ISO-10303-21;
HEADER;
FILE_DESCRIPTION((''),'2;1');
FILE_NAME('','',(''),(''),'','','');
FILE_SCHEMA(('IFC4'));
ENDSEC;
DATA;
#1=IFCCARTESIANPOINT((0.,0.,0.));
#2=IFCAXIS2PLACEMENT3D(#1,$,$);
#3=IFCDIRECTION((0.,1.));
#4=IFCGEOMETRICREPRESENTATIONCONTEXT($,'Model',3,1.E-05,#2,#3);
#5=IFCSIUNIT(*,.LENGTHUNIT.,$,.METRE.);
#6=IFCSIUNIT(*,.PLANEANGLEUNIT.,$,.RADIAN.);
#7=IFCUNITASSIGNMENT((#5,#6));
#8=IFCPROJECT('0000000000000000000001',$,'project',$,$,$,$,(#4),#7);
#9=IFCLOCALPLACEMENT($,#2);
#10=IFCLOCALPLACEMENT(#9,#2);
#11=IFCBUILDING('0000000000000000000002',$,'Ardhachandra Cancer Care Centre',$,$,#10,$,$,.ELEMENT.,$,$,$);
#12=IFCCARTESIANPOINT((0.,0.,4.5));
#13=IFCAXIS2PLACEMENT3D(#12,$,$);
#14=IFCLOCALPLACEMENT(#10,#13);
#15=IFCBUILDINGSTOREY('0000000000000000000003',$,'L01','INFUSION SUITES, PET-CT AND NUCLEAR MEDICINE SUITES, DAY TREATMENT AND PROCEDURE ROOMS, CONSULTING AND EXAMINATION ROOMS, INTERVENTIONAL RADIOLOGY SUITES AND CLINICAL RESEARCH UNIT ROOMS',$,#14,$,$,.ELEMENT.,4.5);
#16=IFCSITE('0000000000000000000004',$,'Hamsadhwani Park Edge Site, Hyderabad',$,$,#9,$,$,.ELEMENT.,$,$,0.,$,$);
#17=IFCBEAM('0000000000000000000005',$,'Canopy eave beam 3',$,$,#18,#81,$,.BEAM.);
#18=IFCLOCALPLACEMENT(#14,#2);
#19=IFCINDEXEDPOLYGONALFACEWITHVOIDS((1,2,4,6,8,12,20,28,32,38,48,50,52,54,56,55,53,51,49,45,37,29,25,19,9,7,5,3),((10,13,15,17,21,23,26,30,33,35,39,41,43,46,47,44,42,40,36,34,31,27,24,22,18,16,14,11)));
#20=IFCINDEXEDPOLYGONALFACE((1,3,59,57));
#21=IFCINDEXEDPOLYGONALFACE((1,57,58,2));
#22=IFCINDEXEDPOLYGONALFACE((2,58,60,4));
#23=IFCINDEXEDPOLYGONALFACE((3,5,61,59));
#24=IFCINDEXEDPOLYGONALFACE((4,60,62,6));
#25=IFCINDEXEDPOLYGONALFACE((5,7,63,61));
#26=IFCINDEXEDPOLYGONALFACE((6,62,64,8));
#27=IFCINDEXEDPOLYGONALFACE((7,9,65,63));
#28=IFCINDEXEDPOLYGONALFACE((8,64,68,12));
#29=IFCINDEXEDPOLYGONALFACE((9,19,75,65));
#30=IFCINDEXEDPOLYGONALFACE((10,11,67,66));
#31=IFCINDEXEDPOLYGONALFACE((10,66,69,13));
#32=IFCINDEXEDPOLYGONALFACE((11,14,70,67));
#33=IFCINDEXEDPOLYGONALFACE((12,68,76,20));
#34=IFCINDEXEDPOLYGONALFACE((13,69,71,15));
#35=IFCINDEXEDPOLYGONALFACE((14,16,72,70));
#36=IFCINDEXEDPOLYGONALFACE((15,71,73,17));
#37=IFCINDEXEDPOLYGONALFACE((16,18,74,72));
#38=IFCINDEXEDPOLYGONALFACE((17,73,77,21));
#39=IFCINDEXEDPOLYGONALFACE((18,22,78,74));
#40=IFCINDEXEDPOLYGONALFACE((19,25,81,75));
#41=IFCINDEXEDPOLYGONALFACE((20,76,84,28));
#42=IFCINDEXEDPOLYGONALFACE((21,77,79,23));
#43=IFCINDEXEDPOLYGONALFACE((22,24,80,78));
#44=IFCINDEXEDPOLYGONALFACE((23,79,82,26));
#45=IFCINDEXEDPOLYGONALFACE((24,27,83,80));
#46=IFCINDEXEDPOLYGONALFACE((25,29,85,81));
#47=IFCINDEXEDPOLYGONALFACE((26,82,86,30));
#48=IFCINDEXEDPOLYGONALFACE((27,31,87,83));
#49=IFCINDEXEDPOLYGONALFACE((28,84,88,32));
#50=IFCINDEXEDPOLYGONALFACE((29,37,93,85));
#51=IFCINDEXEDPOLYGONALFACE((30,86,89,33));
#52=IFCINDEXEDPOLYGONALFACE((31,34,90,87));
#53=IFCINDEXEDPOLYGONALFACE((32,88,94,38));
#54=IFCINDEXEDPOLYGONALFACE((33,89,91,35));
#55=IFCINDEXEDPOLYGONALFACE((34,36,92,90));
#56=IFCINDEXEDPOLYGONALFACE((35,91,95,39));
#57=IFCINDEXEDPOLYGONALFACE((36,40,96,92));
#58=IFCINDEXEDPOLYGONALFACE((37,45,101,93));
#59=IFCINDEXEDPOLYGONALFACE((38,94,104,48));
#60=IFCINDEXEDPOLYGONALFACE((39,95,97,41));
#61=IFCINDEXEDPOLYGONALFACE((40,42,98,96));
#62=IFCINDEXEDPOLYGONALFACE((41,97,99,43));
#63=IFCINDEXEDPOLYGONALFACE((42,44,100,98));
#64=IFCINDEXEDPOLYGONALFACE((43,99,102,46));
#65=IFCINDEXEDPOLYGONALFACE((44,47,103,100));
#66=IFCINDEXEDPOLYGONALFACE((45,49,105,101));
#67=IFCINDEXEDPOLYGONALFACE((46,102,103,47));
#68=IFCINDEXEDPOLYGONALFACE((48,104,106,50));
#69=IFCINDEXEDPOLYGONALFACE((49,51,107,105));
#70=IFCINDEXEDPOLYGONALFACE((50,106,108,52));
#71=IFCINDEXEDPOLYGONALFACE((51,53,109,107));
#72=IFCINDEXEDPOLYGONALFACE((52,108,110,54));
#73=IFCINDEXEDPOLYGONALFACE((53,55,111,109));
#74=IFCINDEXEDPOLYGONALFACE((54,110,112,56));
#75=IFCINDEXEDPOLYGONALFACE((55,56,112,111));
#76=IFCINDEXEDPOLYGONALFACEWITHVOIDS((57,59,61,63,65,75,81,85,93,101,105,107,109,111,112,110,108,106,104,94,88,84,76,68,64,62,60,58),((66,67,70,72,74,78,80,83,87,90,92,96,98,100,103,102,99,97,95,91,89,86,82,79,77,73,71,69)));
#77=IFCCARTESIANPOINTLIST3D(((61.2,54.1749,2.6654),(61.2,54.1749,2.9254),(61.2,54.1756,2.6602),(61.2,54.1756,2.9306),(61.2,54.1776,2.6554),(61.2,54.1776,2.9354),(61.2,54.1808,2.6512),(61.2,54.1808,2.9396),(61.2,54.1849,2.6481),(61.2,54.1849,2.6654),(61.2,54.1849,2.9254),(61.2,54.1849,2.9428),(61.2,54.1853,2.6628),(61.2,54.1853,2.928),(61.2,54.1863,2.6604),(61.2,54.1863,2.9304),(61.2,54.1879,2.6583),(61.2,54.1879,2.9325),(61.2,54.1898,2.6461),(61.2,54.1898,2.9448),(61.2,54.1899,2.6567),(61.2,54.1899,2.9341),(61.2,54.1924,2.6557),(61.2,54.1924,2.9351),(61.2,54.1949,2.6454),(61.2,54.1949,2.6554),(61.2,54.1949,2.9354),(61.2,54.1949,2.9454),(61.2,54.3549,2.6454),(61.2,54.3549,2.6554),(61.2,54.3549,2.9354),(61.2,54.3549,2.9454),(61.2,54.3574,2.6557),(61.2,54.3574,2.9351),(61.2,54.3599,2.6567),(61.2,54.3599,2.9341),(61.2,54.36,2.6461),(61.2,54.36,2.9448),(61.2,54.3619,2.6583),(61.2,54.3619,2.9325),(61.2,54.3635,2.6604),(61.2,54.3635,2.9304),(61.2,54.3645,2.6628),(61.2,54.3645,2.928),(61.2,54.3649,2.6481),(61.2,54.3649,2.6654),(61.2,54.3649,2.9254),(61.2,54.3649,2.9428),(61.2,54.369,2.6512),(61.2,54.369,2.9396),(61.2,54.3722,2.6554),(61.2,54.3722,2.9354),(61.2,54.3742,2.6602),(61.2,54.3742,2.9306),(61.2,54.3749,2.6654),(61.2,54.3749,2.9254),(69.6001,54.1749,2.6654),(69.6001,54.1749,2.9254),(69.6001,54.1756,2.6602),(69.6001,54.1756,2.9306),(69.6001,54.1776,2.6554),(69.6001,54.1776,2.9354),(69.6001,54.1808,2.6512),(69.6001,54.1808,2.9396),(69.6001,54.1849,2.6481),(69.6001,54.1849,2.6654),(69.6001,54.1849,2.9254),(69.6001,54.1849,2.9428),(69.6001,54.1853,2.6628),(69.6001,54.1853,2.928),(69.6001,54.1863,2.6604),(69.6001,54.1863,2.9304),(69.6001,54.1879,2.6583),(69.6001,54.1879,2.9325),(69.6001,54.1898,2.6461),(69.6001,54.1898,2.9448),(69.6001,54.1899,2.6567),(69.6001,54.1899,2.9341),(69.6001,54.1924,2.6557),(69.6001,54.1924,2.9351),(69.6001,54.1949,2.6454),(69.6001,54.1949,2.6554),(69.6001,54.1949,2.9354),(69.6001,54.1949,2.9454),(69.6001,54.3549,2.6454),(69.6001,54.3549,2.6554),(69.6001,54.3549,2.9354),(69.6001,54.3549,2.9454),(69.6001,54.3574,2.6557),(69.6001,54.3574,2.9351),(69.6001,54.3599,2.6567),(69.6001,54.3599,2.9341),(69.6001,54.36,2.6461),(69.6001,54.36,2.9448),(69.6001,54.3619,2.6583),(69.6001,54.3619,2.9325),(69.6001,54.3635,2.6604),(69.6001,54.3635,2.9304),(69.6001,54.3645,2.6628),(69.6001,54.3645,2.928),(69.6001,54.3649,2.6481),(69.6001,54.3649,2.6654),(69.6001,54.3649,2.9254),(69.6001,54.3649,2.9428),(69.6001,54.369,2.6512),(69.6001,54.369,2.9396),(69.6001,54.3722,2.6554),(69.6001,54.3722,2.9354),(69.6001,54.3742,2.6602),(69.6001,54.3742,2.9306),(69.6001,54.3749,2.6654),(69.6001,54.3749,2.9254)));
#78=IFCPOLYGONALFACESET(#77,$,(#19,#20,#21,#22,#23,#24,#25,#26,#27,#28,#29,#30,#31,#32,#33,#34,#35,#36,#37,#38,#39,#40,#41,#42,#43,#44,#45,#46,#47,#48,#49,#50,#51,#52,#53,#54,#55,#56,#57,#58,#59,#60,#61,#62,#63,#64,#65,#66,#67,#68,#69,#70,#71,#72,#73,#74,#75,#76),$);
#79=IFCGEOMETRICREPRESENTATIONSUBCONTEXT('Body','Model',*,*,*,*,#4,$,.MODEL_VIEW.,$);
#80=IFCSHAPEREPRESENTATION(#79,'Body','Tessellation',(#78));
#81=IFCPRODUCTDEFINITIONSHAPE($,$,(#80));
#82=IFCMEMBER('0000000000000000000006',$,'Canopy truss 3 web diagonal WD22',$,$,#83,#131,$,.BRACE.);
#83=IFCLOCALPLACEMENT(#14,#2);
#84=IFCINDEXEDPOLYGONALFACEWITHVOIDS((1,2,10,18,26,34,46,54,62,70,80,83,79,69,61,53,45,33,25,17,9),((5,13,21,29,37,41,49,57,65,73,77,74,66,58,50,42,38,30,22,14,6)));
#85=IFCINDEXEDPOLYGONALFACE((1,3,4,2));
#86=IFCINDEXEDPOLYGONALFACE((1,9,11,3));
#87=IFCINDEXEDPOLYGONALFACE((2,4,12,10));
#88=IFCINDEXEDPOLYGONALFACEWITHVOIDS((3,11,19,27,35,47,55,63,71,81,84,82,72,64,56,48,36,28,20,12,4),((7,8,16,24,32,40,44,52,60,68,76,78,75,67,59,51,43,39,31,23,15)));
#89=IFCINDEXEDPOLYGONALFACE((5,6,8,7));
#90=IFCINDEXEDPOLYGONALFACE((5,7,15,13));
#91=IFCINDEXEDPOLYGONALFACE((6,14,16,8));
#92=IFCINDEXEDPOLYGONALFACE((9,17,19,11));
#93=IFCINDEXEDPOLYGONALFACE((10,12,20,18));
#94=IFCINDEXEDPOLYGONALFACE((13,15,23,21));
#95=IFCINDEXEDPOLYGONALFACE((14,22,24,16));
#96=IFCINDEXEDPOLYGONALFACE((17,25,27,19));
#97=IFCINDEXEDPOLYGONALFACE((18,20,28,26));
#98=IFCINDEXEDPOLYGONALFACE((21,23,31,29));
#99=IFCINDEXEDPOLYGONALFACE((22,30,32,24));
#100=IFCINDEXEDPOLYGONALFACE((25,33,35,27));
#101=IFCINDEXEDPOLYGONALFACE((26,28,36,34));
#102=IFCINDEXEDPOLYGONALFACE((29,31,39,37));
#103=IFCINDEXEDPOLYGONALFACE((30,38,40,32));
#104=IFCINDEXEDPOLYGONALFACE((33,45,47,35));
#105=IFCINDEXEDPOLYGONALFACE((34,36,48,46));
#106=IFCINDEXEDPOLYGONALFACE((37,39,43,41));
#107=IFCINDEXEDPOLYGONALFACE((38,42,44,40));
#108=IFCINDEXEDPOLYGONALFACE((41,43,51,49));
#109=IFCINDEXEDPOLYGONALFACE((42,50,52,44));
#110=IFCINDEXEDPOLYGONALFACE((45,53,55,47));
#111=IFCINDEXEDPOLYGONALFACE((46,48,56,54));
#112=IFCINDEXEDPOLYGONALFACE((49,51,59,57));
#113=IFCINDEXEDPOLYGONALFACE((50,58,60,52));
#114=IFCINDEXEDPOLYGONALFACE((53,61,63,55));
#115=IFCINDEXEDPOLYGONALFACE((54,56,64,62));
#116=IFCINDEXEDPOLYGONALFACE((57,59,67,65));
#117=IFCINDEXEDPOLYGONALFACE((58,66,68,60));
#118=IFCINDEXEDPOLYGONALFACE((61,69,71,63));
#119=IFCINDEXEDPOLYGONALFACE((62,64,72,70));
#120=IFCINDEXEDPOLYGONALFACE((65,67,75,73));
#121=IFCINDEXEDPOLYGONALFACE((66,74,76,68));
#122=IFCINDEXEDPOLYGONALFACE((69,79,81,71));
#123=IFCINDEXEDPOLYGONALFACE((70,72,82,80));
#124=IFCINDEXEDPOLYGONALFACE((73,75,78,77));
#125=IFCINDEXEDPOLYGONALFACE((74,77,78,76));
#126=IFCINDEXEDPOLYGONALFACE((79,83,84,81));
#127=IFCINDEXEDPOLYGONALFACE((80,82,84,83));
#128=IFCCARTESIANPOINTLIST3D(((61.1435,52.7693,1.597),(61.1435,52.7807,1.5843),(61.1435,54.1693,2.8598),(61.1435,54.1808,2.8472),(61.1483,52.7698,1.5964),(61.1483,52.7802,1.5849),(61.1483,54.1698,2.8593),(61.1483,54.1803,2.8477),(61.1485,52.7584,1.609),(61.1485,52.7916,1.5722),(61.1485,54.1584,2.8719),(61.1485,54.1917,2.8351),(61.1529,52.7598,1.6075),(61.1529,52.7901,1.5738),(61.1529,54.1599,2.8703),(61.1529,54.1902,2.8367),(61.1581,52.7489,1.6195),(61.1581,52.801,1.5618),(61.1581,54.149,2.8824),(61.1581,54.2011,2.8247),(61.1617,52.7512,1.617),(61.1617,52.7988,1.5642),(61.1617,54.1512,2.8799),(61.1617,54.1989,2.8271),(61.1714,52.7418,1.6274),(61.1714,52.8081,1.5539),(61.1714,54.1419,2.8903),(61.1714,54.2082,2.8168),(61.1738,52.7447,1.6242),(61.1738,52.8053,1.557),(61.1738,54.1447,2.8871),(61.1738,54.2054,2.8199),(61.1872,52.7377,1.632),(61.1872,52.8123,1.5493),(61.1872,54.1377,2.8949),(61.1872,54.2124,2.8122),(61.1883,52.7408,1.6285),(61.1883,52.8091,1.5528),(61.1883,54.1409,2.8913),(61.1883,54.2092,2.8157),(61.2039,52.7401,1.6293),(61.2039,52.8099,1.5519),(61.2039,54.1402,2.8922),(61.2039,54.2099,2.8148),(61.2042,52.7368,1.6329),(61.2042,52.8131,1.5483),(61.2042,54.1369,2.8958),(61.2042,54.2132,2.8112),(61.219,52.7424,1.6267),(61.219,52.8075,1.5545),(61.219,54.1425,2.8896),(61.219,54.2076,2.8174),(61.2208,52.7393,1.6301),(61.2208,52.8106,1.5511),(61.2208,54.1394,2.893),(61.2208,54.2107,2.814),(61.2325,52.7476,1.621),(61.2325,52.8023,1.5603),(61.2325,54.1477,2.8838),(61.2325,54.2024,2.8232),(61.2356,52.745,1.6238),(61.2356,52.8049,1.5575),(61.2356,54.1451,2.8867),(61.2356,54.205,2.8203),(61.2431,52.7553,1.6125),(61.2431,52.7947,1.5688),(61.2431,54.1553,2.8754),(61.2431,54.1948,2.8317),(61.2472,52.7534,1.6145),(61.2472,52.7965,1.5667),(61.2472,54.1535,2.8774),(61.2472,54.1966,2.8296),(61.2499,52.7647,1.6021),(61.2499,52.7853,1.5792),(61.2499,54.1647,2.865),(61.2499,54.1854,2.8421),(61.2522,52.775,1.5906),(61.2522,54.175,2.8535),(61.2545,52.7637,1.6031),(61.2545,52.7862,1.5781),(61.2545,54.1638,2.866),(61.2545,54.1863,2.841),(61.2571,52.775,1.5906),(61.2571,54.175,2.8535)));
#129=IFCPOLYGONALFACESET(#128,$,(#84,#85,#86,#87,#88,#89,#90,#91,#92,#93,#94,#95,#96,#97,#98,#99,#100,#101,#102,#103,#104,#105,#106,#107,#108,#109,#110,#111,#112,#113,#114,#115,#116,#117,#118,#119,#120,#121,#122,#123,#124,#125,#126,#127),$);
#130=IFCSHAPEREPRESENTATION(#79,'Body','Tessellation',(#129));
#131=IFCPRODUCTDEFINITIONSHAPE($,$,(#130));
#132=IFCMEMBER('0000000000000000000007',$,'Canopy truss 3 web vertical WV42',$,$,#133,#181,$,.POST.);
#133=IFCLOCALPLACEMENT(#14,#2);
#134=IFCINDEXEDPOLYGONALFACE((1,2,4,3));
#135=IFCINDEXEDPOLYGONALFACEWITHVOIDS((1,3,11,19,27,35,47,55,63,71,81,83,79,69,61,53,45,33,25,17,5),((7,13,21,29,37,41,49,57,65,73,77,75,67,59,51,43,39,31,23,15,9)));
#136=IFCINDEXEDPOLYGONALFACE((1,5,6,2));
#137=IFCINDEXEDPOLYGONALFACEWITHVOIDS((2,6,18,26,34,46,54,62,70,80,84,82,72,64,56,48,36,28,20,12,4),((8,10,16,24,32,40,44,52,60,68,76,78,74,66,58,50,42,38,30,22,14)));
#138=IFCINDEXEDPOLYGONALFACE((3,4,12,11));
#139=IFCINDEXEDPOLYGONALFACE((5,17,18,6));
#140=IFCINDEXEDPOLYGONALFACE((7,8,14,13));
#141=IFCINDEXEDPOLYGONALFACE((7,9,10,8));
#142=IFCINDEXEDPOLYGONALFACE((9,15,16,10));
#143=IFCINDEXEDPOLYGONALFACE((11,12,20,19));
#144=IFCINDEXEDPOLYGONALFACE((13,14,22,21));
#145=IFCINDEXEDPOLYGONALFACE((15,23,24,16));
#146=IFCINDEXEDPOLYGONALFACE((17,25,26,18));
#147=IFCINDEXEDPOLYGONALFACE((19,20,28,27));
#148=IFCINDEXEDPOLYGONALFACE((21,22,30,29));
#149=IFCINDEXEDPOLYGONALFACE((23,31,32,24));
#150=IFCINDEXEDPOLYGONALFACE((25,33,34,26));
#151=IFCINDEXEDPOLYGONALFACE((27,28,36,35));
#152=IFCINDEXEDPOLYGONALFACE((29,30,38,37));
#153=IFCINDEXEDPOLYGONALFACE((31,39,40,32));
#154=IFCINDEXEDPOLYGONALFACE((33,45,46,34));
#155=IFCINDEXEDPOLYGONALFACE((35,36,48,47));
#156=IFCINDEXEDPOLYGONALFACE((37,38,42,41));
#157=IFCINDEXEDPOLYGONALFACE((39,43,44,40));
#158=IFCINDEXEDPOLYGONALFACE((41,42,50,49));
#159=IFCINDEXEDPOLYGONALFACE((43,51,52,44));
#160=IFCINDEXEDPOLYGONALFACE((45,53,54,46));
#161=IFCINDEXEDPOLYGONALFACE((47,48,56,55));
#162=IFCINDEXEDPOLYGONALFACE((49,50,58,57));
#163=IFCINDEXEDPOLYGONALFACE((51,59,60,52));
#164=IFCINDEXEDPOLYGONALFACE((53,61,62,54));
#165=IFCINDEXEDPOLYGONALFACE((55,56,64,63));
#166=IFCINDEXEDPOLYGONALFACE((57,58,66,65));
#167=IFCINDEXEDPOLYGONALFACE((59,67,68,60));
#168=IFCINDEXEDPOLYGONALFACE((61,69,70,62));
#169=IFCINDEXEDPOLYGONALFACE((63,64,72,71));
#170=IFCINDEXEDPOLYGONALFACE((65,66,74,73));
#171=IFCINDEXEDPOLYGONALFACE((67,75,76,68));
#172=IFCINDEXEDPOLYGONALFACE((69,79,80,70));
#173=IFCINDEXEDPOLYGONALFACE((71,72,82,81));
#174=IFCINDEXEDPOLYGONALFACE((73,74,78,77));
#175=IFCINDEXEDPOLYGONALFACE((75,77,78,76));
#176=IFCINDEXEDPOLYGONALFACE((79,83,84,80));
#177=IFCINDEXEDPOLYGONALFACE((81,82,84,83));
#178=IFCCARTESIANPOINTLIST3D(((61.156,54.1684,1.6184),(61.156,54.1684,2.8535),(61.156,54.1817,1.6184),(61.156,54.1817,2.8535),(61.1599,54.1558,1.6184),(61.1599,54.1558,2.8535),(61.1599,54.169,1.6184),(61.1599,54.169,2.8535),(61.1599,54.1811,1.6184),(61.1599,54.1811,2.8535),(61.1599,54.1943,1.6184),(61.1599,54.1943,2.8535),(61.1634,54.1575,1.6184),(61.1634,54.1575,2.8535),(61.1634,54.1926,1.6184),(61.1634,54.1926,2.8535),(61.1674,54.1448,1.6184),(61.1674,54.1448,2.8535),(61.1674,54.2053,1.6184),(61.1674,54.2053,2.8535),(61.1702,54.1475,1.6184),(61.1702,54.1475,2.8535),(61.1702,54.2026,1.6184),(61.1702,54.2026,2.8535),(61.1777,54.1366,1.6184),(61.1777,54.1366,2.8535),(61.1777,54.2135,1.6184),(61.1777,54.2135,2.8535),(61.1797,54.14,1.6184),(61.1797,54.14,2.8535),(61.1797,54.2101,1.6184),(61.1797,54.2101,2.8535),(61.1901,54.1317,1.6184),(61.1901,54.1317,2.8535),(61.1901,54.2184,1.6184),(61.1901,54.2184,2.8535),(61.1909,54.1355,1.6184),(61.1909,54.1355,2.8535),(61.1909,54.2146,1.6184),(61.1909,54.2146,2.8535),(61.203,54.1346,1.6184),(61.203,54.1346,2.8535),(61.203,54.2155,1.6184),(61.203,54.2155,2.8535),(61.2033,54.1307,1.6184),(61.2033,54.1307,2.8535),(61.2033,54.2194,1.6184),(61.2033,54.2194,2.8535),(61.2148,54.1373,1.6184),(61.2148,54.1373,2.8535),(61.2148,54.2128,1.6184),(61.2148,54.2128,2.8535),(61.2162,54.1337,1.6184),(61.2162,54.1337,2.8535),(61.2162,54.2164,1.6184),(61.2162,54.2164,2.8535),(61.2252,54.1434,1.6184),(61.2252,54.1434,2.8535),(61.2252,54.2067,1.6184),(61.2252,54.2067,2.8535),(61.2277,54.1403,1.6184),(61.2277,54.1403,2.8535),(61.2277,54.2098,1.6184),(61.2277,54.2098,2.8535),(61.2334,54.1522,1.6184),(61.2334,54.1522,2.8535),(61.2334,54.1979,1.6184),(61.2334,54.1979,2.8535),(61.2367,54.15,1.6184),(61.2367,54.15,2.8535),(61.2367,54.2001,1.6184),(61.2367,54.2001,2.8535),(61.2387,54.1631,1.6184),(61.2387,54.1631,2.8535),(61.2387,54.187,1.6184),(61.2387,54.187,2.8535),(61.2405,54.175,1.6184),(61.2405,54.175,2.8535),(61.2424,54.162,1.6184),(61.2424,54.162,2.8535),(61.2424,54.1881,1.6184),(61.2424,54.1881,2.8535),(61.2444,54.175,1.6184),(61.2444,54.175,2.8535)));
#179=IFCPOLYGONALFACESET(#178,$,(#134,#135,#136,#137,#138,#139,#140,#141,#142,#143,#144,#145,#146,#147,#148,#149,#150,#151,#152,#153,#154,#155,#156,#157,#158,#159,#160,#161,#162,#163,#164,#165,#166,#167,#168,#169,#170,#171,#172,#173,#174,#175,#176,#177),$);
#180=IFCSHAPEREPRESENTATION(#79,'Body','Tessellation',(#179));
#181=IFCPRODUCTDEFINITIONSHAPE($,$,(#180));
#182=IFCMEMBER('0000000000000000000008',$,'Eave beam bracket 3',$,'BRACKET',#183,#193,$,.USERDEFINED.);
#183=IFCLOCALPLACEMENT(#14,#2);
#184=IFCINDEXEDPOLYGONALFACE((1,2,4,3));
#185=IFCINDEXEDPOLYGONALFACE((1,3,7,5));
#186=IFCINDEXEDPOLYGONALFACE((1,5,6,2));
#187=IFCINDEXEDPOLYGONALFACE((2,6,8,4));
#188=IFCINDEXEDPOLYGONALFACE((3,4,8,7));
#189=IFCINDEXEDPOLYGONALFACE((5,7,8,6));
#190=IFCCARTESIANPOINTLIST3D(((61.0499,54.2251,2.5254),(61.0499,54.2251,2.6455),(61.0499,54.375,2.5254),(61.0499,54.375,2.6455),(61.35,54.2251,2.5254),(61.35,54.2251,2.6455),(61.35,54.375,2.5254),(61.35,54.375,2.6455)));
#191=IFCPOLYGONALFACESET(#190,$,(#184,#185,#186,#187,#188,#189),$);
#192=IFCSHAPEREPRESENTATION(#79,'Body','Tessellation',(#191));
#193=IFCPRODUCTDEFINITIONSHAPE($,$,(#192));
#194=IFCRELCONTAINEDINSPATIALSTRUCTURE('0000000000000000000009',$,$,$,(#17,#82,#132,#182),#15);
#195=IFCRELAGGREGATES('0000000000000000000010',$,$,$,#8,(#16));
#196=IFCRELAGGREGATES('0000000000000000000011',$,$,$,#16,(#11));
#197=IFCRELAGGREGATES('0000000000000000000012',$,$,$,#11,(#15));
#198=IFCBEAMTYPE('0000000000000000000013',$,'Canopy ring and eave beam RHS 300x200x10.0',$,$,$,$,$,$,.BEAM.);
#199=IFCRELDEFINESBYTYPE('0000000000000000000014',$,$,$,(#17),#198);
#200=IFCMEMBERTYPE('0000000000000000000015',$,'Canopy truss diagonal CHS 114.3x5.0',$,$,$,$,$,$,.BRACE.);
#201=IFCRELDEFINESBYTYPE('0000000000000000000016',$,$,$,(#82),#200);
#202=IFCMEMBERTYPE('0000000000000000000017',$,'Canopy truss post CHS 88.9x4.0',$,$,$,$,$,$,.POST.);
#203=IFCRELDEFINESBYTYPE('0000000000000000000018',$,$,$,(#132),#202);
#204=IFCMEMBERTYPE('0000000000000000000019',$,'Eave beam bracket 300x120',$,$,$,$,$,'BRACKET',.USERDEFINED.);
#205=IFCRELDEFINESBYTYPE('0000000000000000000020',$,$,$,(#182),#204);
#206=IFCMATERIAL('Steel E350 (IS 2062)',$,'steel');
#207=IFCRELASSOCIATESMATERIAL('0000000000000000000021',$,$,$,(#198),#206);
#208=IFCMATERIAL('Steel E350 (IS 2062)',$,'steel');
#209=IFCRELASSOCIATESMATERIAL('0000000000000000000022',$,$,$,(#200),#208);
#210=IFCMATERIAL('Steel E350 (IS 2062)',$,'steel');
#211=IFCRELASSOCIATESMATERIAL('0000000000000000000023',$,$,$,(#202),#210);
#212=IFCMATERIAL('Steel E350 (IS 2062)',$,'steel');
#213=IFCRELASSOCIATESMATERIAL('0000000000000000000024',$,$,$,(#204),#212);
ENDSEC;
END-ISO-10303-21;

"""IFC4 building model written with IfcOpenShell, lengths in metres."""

from ifc_helpers import new_model, si_unit, direction, frame, origin, origin_2d, place, context, subcontext, project, spatial, rectangle, hollow_rectangle, hollow_circle, extrude, material, material_profile, profile_set, type_object, element, save


model = new_model("IFC4")

# Units and contexts
model_context = context("Model", 3, precision=1e-05, world=origin(), true_north=direction((0.0, 1.0)))
body_context = subcontext(model_context, "Body", "Model", "MODEL_VIEW")
ifc_project = project(units=[si_unit("LENGTHUNIT", "METRE"), si_unit("PLANEANGLEUNIT", "RADIAN")], contexts=[model_context])

# Site, building, storey
site_placement = place(None, origin())
site = spatial("IfcSite", under=ifc_project, at=site_placement, Name="Hamsadhwani Park Edge Site, Hyderabad", CompositionType="ELEMENT", RefElevation=0.0)
building_placement = place(site_placement, origin())
building = spatial("IfcBuilding", under=site, at=building_placement, Name="Ardhachandra Cancer Care Centre", CompositionType="ELEMENT")
storey_placement = place(building_placement, frame((0.0, 0.0, 4.5)))
storey = spatial("IfcBuildingStorey", under=building, at=storey_placement, Name="L01", Description="INFUSION SUITES, PET-CT AND NUCLEAR MEDICINE SUITES, DAY TREATMENT AND PROCEDURE ROOMS, CONSULTING AND EXAMINATION ROOMS, INTERVENTIONAL RADIOLOGY SUITES AND CLINICAL RESEARCH UNIT ROOMS", CompositionType="ELEMENT", Elevation=4.5)

# Beam
ifc_material_1 = material(Name="Steel E350 (IS 2062)", Category="steel")
ifc_material_profile_1 = material_profile(ifc_material_1, hollow_rectangle(XDim=0.2, YDim=0.3, WallThickness=0.01, InnerFilletRadius=0.01, OuterFilletRadius=0.02, at=origin_2d()), Name="RHS 300x200x10.0")
ifc_profile_set_1 = profile_set([ifc_material_profile_1], Name="Steel E350 (IS 2062)")
beam_type = type_object("IfcBeamType", Name="Canopy ring and eave beam RHS 300x200x10.0", PredefinedType="BEAM", material=ifc_profile_set_1)
beam_placement = place(storey_placement, frame((61.2, 54.2749, 2.7954), z_axis=(1.0, 0.0, 0.0), x_axis=(0.0, 1.0, 0.0)))
element("IfcBeam", 1, at=beam_placement, inside=storey, type_object=beam_type, Name="Canopy eave beam 3", PredefinedType="BEAM", context=body_context, shape_type="SweptSolid", body=[
    extrude(hollow_rectangle(XDim=0.2, YDim=0.3, WallThickness=0.01, InnerFilletRadius=0.01, OuterFilletRadius=0.02, at=origin_2d()), origin(), (0.0, 0.0, 1.0), 8.4001),
])

# Members
ifc_material_2 = material(Name="Steel E350 (IS 2062)", Category="steel")
ifc_material_profile_2 = material_profile(ifc_material_2, hollow_circle(Radius=0.0571, WallThickness=0.0049, at=origin_2d()), Name="CHS 114.3x5.0")
ifc_profile_set_2 = profile_set([ifc_material_profile_2], Name="Steel E350 (IS 2062)")
member_type_1 = type_object("IfcMemberType", Name="Canopy truss diagonal CHS 114.3x5.0", PredefinedType="BRACE", material=ifc_profile_set_2)
member_1_placement = place(storey_placement, frame((61.2, 54.175, 2.8535), z_axis=(0.0, -0.742553, -0.669787), x_axis=(1.0, 0.0, 0.0)))
element("IfcMember", 2, at=member_1_placement, inside=storey, type_object=member_type_1, Name="Canopy truss 3 web diagonal WD22", PredefinedType="BRACE", context=body_context, shape_type="SweptSolid", body=[
    extrude(hollow_circle(Radius=0.0571, WallThickness=0.0049, at=origin_2d()), origin(), (0.0, 0.0, 1.0), 1.8855),
])
ifc_material_3 = material(Name="Steel E350 (IS 2062)", Category="steel")
ifc_material_profile_3 = material_profile(ifc_material_3, hollow_circle(Radius=0.0444, WallThickness=0.0039, at=origin_2d()), Name="CHS 88.9x4.0")
ifc_profile_set_3 = profile_set([ifc_material_profile_3], Name="Steel E350 (IS 2062)")
member_type_2 = type_object("IfcMemberType", Name="Canopy truss post CHS 88.9x4.0", PredefinedType="POST", material=ifc_profile_set_3)
member_2_placement = place(storey_placement, frame((61.2, 54.175, 2.8535), z_axis=(0.0, 0.0, -1.0), x_axis=(1.0, 0.0, 0.0)))
element("IfcMember", 3, at=member_2_placement, inside=storey, type_object=member_type_2, Name="Canopy truss 3 web vertical WV42", PredefinedType="POST", context=body_context, shape_type="SweptSolid", body=[
    extrude(hollow_circle(Radius=0.0444, WallThickness=0.0039, at=origin_2d()), origin(), (0.0, 0.0, 1.0), 1.2351),
])
ifc_material_4 = material(Name="Steel E350 (IS 2062)", Category="steel")
ifc_material_profile_4 = material_profile(ifc_material_4, rectangle(XDim=0.3, YDim=0.1201, at=origin_2d()), Name="PL 300x120")
ifc_profile_set_4 = profile_set([ifc_material_profile_4], Name="Steel E350 (IS 2062)")
member_type_3 = type_object("IfcMemberType", Name="Eave beam bracket 300x120", ElementType="BRACKET", PredefinedType="USERDEFINED", material=ifc_profile_set_4)
member_3_placement = place(storey_placement, frame((61.2, 54.2251, 2.5854), z_axis=(0.0, 1.0, 0.0), x_axis=(-1.0, 0.0, 0.0)))
element("IfcMember", 4, at=member_3_placement, inside=storey, type_object=member_type_3, Name="Eave beam bracket 3", ObjectType="BRACKET", PredefinedType="USERDEFINED", context=body_context, shape_type="SweptSolid", body=[
    extrude(rectangle(XDim=0.3, YDim=0.1201, at=origin_2d()), origin(), (0.0, 0.0, 1.0), 0.1499),
])

save(model, "model.ifc")
